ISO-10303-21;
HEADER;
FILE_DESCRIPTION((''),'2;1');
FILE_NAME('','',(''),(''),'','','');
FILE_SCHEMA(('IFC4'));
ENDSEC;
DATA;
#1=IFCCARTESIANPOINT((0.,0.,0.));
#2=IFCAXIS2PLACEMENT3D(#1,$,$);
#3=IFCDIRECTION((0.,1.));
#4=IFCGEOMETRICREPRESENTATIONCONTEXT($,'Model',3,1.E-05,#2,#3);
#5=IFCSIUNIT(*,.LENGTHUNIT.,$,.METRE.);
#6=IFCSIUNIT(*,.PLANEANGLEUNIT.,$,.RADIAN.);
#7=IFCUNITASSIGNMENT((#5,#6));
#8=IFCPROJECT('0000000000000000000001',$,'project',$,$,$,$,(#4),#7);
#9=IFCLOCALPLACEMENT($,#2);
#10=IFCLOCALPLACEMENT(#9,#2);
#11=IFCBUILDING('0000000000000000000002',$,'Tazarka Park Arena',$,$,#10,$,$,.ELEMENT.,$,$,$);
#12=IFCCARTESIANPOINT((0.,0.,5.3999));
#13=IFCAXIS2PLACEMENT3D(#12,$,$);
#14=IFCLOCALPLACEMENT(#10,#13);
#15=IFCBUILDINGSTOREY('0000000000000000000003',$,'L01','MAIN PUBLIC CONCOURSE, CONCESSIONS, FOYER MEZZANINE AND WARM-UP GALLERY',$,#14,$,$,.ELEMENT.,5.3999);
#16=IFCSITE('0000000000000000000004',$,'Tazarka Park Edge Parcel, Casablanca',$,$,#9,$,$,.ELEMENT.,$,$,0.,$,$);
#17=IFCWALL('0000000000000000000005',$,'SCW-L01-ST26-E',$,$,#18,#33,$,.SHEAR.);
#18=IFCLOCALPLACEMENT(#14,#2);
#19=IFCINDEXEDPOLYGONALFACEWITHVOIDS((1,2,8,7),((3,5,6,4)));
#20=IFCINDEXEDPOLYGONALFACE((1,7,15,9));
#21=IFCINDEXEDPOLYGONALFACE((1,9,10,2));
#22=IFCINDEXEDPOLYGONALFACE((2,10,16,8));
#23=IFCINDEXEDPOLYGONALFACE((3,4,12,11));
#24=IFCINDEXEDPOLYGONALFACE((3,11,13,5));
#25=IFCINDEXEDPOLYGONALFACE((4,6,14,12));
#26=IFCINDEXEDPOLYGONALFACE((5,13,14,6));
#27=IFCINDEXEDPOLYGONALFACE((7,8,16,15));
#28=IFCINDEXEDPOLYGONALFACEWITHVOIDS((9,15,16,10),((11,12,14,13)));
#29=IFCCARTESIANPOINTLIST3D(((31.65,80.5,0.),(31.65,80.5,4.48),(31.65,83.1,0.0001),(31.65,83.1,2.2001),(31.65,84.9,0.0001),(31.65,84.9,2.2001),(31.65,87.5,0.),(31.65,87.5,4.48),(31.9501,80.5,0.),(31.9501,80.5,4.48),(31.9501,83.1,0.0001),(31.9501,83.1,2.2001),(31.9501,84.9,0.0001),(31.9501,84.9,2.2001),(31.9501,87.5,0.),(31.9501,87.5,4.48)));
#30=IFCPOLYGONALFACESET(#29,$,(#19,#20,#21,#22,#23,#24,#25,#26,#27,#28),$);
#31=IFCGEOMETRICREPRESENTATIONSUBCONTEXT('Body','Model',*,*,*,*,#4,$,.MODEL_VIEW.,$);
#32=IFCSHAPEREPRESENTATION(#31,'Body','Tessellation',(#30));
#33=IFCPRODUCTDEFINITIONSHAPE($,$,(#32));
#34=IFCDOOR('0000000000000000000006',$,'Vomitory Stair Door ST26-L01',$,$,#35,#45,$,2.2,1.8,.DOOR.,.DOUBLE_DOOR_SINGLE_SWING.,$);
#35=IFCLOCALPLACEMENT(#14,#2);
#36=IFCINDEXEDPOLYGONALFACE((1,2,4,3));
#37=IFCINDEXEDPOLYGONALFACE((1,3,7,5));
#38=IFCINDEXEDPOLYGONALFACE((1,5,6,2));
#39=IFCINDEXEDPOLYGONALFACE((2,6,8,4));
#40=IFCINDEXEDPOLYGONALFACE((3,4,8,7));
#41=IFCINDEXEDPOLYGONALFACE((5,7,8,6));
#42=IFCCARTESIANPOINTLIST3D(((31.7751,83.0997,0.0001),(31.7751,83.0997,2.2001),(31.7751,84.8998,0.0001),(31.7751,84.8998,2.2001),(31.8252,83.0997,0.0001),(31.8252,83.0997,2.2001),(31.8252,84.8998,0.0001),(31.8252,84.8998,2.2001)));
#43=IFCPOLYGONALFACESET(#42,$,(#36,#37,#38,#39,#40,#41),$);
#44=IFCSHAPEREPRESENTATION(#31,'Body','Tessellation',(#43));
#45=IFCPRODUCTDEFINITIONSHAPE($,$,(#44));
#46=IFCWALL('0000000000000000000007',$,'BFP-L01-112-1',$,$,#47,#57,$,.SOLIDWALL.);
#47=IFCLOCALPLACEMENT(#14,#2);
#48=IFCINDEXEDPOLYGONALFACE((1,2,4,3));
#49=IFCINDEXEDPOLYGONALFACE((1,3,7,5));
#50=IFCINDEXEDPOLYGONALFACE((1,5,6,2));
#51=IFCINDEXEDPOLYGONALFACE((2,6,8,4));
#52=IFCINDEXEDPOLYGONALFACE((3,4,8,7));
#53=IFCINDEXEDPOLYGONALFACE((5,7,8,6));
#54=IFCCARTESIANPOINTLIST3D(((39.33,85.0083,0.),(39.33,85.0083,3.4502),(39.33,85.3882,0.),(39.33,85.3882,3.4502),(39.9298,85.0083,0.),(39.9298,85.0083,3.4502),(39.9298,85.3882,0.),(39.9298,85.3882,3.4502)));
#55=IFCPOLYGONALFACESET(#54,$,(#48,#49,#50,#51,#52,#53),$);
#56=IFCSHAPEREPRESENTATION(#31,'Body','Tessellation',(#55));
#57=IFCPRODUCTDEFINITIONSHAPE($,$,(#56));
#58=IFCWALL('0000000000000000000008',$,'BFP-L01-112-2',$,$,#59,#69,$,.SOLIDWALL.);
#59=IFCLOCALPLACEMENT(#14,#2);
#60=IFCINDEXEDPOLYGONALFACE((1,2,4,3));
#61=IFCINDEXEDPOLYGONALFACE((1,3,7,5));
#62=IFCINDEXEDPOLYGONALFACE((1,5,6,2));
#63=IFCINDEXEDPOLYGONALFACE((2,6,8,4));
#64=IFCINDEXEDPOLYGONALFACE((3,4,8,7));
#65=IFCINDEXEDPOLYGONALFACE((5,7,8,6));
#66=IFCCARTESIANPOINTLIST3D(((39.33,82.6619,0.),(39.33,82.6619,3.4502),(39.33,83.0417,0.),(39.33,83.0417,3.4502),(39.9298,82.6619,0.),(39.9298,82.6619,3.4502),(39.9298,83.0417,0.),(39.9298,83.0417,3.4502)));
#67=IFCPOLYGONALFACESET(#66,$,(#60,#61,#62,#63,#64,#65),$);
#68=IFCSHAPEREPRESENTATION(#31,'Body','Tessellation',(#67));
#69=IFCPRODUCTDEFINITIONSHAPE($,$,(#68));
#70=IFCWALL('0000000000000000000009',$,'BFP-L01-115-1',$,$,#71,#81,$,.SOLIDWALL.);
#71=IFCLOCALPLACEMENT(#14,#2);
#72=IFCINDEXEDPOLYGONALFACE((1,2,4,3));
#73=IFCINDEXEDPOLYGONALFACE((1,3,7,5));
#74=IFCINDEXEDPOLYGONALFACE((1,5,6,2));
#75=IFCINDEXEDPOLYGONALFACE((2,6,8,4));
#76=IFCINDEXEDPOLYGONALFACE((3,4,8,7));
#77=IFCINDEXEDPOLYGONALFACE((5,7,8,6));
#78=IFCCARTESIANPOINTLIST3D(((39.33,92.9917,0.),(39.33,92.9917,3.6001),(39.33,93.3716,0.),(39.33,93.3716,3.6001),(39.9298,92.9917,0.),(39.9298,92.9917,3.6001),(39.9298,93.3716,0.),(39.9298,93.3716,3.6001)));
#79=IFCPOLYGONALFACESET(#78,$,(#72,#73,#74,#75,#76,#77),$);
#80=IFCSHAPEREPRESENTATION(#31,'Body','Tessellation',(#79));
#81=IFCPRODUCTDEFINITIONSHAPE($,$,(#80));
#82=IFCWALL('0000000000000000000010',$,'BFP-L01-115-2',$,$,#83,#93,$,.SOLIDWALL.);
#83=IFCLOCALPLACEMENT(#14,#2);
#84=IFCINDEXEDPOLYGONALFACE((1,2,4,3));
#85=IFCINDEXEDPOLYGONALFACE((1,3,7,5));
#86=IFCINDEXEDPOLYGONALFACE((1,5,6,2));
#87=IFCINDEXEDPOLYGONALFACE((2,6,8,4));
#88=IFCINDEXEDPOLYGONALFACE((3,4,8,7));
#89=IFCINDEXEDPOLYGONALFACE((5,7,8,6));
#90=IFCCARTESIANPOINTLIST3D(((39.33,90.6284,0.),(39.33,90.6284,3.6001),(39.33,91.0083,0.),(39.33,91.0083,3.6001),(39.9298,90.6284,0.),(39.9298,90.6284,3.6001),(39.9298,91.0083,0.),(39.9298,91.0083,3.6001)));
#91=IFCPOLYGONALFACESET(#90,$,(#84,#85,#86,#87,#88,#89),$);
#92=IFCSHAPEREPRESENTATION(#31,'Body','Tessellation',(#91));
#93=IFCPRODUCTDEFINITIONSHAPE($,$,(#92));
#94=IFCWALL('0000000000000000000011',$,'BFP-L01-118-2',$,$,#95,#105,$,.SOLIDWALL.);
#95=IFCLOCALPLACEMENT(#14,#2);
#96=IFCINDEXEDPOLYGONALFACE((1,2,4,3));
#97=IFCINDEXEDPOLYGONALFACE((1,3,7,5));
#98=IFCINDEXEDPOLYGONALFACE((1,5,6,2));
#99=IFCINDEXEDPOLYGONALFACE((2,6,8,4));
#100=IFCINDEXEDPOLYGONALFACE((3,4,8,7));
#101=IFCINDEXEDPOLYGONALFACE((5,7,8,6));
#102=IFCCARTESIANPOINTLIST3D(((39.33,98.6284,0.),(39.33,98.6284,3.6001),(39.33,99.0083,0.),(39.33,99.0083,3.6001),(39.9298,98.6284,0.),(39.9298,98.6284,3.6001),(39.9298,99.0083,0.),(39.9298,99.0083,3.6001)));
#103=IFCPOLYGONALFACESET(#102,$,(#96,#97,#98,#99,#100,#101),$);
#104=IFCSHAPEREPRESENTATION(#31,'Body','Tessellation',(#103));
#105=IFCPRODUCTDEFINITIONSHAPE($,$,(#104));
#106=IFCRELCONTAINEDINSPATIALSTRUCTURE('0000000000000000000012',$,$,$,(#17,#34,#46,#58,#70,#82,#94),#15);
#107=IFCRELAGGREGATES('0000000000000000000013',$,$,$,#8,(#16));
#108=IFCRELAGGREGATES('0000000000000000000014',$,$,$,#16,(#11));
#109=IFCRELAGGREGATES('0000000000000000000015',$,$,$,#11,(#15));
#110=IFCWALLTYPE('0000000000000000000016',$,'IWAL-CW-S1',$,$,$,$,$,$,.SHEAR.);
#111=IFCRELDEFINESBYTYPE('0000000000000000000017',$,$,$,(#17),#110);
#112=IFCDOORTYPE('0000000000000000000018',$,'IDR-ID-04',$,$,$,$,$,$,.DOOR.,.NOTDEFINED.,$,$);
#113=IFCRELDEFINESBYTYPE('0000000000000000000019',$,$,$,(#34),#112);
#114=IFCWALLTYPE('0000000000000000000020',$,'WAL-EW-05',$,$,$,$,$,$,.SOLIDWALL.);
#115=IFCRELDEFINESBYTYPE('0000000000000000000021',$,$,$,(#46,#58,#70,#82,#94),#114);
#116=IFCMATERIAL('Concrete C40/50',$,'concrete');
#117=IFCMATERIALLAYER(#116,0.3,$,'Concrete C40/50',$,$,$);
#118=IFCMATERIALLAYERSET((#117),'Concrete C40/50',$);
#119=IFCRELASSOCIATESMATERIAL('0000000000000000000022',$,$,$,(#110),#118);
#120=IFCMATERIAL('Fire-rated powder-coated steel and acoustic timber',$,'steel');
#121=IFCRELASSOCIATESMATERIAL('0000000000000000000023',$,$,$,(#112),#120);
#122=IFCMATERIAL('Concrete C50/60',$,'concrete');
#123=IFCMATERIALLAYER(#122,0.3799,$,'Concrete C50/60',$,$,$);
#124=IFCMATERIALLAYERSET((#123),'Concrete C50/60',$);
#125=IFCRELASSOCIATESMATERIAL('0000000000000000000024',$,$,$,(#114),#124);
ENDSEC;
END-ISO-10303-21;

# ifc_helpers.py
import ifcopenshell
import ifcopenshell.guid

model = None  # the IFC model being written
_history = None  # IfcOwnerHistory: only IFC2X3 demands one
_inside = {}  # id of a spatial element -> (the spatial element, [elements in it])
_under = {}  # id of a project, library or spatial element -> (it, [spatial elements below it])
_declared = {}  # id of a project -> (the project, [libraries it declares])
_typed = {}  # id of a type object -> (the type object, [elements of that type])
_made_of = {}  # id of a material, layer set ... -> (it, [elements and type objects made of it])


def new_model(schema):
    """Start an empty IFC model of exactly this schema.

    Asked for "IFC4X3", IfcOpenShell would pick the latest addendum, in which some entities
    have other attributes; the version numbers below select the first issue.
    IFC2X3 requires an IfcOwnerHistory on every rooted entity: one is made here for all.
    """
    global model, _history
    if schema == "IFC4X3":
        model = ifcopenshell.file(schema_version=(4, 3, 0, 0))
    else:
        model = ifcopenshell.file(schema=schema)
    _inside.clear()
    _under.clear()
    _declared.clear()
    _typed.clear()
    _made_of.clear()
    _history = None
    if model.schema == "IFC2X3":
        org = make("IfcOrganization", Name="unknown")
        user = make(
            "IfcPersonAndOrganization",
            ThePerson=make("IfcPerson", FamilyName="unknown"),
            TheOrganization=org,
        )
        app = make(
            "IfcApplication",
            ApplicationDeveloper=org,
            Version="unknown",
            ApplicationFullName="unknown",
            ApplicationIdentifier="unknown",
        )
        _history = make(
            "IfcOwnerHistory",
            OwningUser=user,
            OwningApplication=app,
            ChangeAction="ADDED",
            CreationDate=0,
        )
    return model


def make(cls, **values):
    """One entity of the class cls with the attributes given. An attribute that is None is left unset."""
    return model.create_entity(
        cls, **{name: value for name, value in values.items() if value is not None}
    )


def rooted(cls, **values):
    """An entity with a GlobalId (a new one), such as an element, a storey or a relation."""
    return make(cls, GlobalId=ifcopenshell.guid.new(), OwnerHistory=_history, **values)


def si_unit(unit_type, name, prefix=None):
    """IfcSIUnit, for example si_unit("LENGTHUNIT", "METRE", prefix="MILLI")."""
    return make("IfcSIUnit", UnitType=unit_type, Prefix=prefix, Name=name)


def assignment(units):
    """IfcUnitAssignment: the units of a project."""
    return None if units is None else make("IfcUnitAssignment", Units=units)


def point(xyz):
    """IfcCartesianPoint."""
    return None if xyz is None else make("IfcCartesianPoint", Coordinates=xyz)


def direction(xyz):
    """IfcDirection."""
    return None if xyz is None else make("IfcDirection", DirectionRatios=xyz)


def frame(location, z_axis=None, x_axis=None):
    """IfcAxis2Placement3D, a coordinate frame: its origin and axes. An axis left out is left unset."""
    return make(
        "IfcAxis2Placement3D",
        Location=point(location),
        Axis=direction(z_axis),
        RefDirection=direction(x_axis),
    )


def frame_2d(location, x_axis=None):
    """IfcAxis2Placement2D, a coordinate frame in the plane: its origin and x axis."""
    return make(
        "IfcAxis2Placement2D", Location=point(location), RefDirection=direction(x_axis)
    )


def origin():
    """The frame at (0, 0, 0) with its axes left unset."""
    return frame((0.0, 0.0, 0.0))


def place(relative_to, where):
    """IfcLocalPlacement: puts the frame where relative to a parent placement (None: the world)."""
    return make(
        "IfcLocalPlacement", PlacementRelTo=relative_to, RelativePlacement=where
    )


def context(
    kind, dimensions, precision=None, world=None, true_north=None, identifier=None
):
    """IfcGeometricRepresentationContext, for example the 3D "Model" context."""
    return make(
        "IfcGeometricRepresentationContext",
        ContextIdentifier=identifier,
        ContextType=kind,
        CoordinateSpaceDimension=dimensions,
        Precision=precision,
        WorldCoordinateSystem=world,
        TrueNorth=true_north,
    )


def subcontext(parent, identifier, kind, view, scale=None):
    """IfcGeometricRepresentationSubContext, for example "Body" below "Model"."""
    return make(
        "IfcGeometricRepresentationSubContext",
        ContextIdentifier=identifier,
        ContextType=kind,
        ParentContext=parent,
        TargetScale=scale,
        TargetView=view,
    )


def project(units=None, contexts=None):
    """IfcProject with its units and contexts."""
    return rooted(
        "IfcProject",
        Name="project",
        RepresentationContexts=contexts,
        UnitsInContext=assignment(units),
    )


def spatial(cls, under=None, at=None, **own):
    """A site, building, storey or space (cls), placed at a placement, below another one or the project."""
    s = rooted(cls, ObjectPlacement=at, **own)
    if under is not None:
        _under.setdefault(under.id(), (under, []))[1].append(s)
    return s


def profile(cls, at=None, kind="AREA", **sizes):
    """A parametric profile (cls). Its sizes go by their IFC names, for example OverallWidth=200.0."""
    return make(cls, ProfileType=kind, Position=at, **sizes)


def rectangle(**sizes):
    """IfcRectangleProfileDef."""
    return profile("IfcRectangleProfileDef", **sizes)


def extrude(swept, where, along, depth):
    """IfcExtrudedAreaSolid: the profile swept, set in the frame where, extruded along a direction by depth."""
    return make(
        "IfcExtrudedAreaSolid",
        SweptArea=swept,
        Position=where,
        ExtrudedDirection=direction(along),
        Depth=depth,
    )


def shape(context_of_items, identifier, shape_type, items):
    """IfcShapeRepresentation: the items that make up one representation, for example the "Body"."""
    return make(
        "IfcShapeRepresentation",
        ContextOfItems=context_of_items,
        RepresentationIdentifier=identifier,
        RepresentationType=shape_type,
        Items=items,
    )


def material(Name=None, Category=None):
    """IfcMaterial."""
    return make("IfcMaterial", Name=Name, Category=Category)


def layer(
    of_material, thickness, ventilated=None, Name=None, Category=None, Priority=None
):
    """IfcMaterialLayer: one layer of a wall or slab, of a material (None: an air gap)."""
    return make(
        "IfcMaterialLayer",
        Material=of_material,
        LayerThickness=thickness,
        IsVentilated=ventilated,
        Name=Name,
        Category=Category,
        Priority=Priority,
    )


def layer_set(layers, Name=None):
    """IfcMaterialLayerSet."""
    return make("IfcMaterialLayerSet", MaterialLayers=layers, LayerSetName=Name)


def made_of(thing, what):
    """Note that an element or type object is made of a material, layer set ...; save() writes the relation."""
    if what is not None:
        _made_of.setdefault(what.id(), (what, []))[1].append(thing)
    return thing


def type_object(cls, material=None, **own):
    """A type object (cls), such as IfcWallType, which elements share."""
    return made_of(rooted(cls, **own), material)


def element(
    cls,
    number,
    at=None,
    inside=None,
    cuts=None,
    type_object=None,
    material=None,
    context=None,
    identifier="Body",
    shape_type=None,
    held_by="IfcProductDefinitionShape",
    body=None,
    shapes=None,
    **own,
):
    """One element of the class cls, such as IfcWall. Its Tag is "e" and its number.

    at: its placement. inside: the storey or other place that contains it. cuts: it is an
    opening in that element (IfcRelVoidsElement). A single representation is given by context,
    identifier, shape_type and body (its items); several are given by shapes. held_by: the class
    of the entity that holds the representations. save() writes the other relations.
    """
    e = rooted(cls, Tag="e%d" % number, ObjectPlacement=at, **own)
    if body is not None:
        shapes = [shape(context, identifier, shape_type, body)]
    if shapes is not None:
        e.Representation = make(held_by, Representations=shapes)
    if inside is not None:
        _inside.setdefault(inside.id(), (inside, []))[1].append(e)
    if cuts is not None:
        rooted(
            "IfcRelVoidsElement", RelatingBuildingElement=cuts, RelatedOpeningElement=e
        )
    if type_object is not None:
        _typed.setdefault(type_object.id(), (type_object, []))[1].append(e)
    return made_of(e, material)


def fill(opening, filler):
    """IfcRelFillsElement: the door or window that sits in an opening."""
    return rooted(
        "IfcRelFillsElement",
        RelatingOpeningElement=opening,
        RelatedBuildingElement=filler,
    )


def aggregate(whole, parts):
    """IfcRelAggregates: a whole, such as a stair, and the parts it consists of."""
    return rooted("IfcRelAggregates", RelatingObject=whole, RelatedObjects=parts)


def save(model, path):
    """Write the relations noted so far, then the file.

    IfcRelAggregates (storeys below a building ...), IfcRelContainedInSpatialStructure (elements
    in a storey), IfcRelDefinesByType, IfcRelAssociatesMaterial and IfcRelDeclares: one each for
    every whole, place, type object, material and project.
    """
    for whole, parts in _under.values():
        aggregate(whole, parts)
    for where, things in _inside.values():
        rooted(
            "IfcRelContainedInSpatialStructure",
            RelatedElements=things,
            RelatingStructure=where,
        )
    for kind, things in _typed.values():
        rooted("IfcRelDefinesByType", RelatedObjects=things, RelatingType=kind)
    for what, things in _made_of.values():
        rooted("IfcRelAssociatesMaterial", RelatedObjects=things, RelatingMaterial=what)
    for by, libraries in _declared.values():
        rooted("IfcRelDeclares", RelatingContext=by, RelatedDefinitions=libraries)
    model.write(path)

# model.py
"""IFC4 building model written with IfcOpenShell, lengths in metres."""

from ifc_helpers import new_model, si_unit, direction, frame, frame_2d, origin, place, context, subcontext, project, spatial, rectangle, extrude, material, layer, layer_set, type_object, element, fill, save


model = new_model("IFC4")

# Units and contexts
model_context = context("Model", 3, precision=1e-05, world=origin(), true_north=direction((0.0, 1.0)))
body_context = subcontext(model_context, "Body", "Model", "MODEL_VIEW")
ifc_project = project(units=[si_unit("LENGTHUNIT", "METRE"), si_unit("PLANEANGLEUNIT", "RADIAN")], contexts=[model_context])

# Site, building, storey
site_placement = place(None, origin())
site = spatial("IfcSite", under=ifc_project, at=site_placement, Name="Tazarka Park Edge Parcel, Casablanca", CompositionType="ELEMENT", RefElevation=0.0)
building_placement = place(site_placement, origin())
building = spatial("IfcBuilding", under=site, at=building_placement, Name="Tazarka Park Arena", CompositionType="ELEMENT")
storey_placement = place(building_placement, frame((0.0, 0.0, 5.3999)))
storey = spatial("IfcBuildingStorey", under=building, at=storey_placement, Name="L01", Description="MAIN PUBLIC CONCOURSE, CONCESSIONS, FOYER MEZZANINE AND WARM-UP GALLERY", CompositionType="ELEMENT", Elevation=5.3999)

# Shared definitions
ifc_material_1 = material(Name="Concrete C40/50", Category="concrete")
ifc_layer_1 = layer(ifc_material_1, 0.3, Name="Concrete C40/50")
ifc_layer_set_1 = layer_set([ifc_layer_1], Name="Concrete C40/50")
wall_type_1 = type_object("IfcWallType", Name="IWAL-CW-S1", PredefinedType="SHEAR", material=ifc_layer_set_1)

# Wall, opening, door
wall_1_placement = place(storey_placement, frame((31.8, 87.5, 0.0), z_axis=(0.0, 0.0, 1.0), x_axis=(0.0, -1.0, 0.0)))
wall_1 = element("IfcWall", 1, at=wall_1_placement, inside=storey, type_object=wall_type_1, Name="SCW-L01-ST26-E", PredefinedType="SHEAR", context=body_context, shape_type="SweptSolid", body=[
    extrude(rectangle(XDim=7.0, YDim=0.3, at=frame_2d((3.5, 0.0))), origin(), (0.0, 0.0, 1.0), 4.48),
])
opening_placement = place(wall_1_placement, frame((2.6001, 0.0, 0.0)))
opening = element("IfcOpeningElement", 2, at=opening_placement, cuts=wall_1, PredefinedType="OPENING", context=body_context, shape_type="SweptSolid", body=[
    extrude(rectangle(XDim=1.8, YDim=2.2, at=frame_2d((0.8999, 1.1001))), frame((0.0, 0.1602, 0.0), z_axis=(0.0, -1.0, 0.0), x_axis=(1.0, 0.0, 0.0)), (0.0, 0.0, 1.0), 0.3201),
])
ifc_material_2 = material(Name="Fire-rated powder-coated steel and acoustic timber", Category="steel")
door_type = type_object("IfcDoorType", Name="IDR-ID-04", OperationType="NOTDEFINED", PredefinedType="DOOR", material=ifc_material_2)
door_placement = place(opening_placement, frame((1.8, 0.0, 0.0), z_axis=(0.0, 0.0, 1.0), x_axis=(-1.0, 0.0, 0.0)))
door = element("IfcDoor", 3, at=door_placement, inside=storey, type_object=door_type, Name="Vomitory Stair Door ST26-L01", OperationType="DOUBLE_DOOR_SINGLE_SWING", OverallHeight=2.2, OverallWidth=1.8, PredefinedType="DOOR", context=body_context, shape_type="SweptSolid", body=[
    extrude(rectangle(XDim=1.8, YDim=2.2, at=frame_2d((0.8999, 1.1001))), frame((0.0, 0.0249, 0.0), z_axis=(0.0, -1.0, 0.0), x_axis=(1.0, 0.0, 0.0)), (0.0, 0.0, 1.0), 0.05),
])
fill(opening, door)

# Walls
ifc_material_3 = material(Name="Concrete C50/60", Category="concrete")
ifc_layer_2 = layer(ifc_material_3, 0.3799, Name="Concrete C50/60")
ifc_layer_set_2 = layer_set([ifc_layer_2], Name="Concrete C50/60")
wall_type_2 = type_object("IfcWallType", Name="WAL-EW-05", PredefinedType="SOLIDWALL", material=ifc_layer_set_2)
for number, where, z_axis, x_axis, name in (
    (4, (39.3301, 85.1982, 0.0), (0.0, 0.0, 1.0), (1.0, 0.0, 0.0), "BFP-L01-112-1"),
    (5, (39.3301, 82.8518, 0.0), (0.0, 0.0, 1.0), (1.0, 0.0, 0.0), "BFP-L01-112-2"),
):
    element("IfcWall", number, at=place(storey_placement, frame(where, z_axis=z_axis, x_axis=x_axis)), inside=storey, type_object=wall_type_2, Name=name, PredefinedType="SOLIDWALL", context=body_context, shape_type="SweptSolid", body=[
        extrude(rectangle(XDim=0.5999, YDim=0.3799, at=frame_2d((0.2998, 0.0))), origin(), (0.0, 0.0, 1.0), 3.4502),
    ])
for number, where, z_axis, x_axis, name in (
    (6, (39.3301, 93.1816, 0.0), (0.0, 0.0, 1.0), (1.0, 0.0, 0.0), "BFP-L01-115-1"),
    (7, (39.3301, 90.8184, 0.0), (0.0, 0.0, 1.0), (1.0, 0.0, 0.0), "BFP-L01-115-2"),
    (8, (39.3301, 98.8184, 0.0), (0.0, 0.0, 1.0), (1.0, 0.0, 0.0), "BFP-L01-118-2"),
):
    element("IfcWall", number, at=place(storey_placement, frame(where, z_axis=z_axis, x_axis=x_axis)), inside=storey, type_object=wall_type_2, Name=name, PredefinedType="SOLIDWALL", context=body_context, shape_type="SweptSolid", body=[
        extrude(rectangle(XDim=0.5999, YDim=0.3799, at=frame_2d((0.2998, 0.0))), origin(), (0.0, 0.0, 1.0), 3.6001),
    ])

save(model, "model.ifc")
